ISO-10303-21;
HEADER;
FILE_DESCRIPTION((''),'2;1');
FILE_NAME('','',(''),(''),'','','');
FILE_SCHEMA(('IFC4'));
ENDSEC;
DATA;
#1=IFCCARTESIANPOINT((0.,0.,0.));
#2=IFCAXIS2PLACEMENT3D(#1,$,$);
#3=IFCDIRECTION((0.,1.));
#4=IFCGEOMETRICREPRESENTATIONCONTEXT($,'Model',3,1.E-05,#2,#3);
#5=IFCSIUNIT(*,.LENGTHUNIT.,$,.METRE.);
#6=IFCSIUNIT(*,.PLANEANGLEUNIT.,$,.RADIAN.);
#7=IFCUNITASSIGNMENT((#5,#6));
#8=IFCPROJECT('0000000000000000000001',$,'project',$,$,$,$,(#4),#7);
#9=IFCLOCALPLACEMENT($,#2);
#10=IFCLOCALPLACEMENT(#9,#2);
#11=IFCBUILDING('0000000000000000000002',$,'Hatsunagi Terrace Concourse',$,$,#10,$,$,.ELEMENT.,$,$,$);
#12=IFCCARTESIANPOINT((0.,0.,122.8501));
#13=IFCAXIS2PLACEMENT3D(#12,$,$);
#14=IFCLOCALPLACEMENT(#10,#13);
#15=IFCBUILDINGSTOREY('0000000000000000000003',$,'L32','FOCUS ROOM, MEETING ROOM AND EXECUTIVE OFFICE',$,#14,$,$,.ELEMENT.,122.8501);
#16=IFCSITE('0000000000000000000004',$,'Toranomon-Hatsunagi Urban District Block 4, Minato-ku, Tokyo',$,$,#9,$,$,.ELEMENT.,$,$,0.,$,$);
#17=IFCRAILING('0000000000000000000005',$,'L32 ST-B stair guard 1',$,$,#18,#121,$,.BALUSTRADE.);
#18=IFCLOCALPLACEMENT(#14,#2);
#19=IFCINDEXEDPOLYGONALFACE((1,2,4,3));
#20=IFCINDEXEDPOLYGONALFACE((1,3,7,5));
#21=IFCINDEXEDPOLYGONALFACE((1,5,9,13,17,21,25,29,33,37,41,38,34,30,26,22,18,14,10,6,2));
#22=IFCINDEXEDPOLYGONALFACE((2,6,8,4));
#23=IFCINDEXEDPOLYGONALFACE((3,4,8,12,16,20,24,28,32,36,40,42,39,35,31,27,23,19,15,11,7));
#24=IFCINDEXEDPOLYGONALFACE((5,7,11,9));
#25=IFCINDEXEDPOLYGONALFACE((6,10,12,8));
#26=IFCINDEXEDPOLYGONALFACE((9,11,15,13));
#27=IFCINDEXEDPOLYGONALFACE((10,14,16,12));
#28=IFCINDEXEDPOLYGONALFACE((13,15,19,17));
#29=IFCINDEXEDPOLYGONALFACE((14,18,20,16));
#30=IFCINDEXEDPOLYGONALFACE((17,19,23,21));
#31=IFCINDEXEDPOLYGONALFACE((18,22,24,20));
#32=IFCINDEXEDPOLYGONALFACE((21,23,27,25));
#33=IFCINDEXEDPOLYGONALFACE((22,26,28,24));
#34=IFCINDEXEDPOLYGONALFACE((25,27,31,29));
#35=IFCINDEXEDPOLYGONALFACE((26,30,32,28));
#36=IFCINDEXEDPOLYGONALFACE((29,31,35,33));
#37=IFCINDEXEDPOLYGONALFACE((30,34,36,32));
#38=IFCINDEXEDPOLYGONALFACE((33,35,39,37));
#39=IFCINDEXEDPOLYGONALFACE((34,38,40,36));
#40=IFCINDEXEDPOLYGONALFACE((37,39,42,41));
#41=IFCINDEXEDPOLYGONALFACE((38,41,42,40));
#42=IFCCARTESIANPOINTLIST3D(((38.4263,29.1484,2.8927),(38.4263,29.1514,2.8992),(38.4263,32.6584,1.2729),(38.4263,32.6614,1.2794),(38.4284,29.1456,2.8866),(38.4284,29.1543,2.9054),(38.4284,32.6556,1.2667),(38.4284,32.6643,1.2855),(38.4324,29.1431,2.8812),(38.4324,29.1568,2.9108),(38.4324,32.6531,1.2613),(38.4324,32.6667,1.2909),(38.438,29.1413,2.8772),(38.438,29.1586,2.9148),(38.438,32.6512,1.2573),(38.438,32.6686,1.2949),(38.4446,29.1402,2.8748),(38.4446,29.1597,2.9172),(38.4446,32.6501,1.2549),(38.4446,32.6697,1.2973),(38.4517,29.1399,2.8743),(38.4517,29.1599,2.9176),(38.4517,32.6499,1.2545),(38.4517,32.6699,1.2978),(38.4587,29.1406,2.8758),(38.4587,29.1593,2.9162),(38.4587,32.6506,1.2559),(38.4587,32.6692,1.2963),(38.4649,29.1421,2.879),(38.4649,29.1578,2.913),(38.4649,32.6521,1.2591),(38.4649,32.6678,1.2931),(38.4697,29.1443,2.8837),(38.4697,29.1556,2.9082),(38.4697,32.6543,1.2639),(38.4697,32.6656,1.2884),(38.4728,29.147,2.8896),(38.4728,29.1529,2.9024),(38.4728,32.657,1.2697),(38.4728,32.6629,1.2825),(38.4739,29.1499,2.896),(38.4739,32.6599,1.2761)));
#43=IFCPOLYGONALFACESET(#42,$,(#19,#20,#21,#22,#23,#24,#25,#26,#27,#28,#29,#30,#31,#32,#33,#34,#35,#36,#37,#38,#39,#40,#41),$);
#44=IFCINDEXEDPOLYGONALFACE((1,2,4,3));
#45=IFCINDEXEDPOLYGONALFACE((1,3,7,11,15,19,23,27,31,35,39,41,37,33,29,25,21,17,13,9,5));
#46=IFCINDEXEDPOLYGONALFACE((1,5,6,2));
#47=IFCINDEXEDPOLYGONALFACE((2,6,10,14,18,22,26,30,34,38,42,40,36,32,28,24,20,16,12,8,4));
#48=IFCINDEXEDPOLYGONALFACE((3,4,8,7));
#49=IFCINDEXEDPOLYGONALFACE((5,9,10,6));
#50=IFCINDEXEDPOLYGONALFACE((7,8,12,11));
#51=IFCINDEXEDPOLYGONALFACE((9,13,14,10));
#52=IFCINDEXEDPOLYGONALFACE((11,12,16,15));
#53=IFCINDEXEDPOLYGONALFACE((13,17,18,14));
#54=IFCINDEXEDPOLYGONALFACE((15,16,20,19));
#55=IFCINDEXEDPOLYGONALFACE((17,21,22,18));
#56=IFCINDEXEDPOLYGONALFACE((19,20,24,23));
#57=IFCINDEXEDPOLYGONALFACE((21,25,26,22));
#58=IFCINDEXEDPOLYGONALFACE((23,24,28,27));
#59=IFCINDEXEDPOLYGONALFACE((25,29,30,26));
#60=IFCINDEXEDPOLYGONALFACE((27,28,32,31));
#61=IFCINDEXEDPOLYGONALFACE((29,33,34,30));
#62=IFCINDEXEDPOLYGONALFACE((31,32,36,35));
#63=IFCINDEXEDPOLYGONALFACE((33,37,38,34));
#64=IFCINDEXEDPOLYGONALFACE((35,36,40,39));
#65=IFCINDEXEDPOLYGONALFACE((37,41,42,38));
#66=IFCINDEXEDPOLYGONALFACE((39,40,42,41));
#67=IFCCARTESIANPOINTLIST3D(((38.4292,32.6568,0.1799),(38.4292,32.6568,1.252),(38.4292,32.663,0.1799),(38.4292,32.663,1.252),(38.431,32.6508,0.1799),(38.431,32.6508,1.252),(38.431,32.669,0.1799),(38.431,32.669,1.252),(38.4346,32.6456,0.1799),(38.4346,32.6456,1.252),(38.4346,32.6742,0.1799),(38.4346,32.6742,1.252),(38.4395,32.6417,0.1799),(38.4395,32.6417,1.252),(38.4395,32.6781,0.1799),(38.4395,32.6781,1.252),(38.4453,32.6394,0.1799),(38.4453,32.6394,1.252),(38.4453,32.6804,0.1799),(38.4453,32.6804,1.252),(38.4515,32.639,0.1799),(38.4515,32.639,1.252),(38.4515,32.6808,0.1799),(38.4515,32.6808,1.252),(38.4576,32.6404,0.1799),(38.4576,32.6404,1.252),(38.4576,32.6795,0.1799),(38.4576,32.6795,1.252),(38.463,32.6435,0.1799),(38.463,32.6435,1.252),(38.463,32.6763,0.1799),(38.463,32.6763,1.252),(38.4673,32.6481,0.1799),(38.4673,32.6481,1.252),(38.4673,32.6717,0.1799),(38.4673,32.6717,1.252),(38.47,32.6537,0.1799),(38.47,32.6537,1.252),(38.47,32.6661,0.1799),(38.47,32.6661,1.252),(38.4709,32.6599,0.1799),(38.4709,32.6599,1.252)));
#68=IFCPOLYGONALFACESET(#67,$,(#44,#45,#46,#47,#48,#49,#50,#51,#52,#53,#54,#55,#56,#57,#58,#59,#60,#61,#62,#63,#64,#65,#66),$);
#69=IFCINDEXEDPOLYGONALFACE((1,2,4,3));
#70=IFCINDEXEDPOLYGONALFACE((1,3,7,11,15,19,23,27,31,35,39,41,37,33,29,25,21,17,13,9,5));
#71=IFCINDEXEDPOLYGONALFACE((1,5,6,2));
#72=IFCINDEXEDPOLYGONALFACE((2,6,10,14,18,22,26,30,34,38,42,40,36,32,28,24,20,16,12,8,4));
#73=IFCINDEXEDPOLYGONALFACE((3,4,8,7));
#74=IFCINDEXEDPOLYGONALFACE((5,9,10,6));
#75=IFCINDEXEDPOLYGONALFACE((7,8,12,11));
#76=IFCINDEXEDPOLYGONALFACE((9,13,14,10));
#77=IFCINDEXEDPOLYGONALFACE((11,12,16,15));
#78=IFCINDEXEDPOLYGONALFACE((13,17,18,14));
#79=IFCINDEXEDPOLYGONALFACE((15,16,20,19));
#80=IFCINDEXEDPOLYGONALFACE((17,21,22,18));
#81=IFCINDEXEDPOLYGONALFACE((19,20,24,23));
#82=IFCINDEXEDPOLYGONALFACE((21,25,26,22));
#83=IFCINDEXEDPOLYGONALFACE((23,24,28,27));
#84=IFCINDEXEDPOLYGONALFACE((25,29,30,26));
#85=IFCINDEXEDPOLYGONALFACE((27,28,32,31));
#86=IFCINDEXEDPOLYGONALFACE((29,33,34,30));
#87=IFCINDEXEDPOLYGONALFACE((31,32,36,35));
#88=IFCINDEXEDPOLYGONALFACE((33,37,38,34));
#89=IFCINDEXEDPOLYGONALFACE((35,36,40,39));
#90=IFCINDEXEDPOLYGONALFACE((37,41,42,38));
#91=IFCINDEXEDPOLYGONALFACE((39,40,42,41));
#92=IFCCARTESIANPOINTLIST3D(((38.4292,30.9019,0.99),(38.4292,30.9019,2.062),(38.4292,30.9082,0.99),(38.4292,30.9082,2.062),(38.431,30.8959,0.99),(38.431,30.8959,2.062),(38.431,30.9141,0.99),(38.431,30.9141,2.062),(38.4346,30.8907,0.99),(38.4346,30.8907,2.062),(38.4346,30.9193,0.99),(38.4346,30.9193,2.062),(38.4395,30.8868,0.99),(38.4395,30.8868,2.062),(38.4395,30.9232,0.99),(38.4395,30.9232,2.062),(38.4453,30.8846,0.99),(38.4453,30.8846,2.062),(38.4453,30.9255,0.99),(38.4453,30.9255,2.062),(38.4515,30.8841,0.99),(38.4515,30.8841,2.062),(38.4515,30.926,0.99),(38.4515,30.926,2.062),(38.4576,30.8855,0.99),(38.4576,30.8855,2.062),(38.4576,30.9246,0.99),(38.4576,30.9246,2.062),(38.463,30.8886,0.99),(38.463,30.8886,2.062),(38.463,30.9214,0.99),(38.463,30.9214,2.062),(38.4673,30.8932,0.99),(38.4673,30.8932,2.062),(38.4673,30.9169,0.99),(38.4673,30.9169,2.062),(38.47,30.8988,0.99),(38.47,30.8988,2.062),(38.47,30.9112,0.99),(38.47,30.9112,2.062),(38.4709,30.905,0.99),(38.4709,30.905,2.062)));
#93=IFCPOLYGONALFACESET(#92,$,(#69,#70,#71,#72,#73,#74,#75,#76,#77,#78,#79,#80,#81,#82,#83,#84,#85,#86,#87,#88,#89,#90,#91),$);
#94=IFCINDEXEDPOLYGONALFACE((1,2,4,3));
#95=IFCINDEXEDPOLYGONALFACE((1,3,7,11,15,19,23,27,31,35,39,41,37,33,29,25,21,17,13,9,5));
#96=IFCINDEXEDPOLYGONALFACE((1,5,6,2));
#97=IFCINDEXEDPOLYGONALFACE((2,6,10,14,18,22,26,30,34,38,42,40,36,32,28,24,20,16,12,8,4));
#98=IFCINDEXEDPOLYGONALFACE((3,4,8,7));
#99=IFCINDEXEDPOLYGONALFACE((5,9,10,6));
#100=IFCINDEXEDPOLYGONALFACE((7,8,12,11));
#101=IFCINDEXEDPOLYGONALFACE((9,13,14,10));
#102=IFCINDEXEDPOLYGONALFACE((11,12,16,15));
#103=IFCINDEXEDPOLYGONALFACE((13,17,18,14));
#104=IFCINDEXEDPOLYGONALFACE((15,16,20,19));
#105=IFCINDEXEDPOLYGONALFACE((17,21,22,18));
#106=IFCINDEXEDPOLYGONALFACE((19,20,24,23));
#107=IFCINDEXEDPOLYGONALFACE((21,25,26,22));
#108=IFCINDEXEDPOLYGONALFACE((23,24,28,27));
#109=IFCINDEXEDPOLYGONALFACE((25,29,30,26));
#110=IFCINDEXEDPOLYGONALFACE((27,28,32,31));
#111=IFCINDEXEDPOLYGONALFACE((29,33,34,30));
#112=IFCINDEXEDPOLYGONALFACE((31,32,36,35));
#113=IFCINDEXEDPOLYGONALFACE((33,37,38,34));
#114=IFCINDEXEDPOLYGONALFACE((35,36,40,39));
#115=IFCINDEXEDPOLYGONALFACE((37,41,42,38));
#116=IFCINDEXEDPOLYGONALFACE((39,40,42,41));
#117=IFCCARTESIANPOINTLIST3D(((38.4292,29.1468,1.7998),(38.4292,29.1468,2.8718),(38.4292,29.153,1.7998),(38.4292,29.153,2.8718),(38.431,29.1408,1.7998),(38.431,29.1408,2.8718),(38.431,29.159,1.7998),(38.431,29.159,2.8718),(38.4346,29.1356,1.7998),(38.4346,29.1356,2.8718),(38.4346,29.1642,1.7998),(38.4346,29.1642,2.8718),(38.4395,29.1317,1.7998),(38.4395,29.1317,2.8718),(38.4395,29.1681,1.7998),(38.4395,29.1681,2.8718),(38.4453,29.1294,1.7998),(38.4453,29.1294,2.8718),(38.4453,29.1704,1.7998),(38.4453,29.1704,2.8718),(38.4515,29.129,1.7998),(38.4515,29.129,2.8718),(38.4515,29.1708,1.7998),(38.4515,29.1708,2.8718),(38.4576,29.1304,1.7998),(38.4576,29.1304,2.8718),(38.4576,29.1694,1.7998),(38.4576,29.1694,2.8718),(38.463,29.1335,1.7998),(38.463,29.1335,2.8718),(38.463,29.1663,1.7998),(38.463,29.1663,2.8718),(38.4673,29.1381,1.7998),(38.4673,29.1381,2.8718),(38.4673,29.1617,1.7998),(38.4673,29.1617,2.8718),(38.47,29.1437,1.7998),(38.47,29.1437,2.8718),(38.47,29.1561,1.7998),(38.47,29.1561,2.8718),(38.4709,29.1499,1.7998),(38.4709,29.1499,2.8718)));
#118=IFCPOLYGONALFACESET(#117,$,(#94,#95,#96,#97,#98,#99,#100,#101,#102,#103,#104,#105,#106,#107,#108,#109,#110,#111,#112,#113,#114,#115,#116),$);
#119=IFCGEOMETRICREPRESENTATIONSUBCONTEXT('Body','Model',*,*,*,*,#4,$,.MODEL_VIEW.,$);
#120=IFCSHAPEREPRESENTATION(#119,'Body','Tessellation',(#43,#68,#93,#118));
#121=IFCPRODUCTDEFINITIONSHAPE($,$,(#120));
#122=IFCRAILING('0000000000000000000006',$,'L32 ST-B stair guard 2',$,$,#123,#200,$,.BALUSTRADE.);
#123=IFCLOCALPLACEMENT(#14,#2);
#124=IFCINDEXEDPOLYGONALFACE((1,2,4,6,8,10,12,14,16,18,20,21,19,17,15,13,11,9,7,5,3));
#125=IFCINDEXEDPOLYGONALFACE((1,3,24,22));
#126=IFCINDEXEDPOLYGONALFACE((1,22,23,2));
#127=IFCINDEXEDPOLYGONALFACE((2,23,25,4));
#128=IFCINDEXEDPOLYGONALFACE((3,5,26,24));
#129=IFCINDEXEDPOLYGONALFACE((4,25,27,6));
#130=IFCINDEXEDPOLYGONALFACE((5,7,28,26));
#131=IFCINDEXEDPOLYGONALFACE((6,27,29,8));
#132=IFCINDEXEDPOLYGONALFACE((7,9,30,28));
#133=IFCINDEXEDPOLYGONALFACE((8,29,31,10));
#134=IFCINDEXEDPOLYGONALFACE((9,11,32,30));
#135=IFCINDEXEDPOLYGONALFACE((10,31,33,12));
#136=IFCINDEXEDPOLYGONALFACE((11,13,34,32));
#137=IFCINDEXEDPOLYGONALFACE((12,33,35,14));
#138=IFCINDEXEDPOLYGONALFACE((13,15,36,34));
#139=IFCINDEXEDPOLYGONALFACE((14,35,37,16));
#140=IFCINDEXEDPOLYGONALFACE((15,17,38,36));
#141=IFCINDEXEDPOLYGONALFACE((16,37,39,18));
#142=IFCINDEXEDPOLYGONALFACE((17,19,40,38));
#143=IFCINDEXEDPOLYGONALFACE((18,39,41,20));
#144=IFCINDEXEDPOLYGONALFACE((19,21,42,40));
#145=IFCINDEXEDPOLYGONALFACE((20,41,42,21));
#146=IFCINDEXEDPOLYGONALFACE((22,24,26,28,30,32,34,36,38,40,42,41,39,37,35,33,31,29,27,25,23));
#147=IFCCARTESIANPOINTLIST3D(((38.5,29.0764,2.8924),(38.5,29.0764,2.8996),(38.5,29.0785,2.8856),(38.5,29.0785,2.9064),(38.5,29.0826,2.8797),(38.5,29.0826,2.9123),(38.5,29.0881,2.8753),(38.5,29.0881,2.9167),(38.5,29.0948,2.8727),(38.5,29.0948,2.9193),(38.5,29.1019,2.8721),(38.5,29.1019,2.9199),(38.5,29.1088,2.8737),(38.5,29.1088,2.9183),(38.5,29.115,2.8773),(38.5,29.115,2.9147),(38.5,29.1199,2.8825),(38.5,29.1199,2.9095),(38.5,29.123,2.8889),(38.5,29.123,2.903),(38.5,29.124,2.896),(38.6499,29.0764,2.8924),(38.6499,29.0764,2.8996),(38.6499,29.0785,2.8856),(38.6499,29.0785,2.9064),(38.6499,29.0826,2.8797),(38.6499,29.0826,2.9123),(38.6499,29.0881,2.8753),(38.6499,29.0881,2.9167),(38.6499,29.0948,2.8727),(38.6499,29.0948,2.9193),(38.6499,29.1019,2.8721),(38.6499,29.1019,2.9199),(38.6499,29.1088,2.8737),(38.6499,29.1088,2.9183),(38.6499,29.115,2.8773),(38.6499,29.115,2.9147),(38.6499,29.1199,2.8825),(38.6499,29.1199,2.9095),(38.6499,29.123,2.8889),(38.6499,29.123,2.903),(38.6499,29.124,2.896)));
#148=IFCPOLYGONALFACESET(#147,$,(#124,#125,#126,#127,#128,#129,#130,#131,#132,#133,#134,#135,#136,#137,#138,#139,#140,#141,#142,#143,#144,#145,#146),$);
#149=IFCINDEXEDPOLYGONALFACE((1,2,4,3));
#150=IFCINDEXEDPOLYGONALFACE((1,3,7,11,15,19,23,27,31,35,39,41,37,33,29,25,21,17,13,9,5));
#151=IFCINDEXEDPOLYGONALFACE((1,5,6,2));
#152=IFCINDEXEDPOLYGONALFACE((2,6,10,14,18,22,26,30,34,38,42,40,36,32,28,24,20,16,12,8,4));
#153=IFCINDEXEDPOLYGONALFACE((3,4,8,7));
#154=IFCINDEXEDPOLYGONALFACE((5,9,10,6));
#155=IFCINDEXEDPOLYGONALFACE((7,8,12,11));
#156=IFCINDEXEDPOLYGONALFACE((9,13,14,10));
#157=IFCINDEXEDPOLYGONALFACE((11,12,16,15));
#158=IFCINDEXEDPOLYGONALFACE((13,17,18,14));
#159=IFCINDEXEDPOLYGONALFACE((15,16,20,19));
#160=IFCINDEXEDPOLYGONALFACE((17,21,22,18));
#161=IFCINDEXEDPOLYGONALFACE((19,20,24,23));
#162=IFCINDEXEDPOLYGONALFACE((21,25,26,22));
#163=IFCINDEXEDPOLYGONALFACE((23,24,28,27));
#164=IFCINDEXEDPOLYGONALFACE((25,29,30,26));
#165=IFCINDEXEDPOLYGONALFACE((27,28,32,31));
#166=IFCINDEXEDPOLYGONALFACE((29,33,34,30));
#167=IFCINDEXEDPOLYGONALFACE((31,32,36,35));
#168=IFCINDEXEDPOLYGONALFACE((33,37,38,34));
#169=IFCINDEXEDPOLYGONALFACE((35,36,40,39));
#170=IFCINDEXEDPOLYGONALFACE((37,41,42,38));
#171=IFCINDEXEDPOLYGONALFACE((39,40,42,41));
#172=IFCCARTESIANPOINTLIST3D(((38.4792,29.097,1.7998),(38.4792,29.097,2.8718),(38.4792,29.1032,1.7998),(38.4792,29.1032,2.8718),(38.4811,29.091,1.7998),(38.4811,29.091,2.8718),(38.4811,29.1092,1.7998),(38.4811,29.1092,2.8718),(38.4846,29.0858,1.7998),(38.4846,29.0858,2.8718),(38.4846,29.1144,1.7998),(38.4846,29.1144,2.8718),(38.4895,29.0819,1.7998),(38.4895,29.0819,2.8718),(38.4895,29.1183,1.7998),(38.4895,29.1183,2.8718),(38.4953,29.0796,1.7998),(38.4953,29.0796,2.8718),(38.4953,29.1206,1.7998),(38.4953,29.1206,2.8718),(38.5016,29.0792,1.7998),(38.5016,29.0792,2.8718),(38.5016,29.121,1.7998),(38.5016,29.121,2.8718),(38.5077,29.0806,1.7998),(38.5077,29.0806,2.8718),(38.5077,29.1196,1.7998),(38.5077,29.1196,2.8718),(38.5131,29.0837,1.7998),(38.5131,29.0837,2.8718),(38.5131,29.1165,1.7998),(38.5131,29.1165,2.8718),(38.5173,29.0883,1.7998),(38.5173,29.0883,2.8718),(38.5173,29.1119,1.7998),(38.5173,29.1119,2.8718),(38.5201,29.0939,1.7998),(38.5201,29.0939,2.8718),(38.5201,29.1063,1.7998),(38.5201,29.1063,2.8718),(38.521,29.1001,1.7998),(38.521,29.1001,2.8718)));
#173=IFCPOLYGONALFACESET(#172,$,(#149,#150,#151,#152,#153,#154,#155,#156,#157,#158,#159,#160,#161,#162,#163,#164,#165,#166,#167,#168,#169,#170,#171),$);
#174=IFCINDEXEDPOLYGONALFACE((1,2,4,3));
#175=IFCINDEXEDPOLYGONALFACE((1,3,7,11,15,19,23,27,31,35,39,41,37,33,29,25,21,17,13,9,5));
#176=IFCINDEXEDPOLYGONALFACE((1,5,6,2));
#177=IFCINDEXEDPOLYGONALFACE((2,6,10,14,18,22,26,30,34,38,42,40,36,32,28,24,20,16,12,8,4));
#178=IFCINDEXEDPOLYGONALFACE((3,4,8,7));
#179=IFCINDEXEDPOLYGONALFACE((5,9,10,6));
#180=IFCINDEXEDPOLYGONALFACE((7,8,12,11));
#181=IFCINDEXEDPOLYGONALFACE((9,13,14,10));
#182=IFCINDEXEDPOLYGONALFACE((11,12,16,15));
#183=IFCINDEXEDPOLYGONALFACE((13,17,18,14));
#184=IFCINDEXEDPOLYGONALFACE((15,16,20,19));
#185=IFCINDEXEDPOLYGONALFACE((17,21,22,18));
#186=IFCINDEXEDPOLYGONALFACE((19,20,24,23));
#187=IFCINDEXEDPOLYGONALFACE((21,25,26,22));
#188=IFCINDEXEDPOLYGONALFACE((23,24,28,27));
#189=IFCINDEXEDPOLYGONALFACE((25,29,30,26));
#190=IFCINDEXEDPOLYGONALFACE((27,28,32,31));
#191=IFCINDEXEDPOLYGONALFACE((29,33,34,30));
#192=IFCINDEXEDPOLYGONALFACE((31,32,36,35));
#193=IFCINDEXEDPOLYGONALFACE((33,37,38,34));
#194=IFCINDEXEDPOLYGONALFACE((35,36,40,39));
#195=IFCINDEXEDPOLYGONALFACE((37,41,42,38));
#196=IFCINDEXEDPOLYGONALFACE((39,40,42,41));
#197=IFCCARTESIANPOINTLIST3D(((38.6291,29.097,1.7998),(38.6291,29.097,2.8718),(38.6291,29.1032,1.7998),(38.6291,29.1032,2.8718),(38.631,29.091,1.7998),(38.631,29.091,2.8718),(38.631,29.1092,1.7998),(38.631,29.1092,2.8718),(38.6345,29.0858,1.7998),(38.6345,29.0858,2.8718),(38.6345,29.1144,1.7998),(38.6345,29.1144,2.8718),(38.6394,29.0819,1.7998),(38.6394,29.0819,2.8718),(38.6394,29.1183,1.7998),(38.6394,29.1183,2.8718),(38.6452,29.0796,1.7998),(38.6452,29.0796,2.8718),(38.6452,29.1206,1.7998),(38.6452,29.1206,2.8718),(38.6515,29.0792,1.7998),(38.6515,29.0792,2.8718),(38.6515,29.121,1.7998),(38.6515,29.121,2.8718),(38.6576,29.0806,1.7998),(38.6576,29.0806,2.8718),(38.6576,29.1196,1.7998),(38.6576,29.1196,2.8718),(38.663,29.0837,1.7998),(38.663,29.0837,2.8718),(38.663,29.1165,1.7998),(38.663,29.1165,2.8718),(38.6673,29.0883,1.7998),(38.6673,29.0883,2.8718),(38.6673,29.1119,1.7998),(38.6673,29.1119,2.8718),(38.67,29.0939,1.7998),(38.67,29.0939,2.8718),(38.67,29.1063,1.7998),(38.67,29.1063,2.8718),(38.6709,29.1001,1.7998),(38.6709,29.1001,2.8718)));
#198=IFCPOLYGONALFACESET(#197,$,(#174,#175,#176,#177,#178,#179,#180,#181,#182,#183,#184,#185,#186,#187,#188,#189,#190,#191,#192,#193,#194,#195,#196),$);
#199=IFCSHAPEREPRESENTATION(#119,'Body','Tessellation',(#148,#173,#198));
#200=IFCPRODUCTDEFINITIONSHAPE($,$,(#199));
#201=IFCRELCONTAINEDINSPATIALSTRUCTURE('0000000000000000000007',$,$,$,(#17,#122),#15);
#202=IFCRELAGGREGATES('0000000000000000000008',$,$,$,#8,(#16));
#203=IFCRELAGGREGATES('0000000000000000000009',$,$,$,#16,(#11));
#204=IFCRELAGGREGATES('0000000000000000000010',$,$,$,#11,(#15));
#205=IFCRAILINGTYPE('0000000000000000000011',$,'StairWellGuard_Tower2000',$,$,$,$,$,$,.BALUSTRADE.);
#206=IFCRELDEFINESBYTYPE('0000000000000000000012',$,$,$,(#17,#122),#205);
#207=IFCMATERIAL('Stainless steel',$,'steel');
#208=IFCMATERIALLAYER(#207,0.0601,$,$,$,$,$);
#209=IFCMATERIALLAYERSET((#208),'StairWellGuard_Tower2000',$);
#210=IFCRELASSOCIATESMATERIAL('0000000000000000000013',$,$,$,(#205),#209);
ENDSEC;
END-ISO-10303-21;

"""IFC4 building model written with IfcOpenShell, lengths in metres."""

from ifc_helpers import new_model, si_unit, direction, frame, origin, origin_2d, place, context, subcontext, project, spatial, circle, extrude, material, layer, layer_set, type_object, element, save


model = new_model("IFC4")

# Units and contexts
model_context = context("Model", 3, precision=1e-05, world=origin(), true_north=direction((0.0, 1.0)))
body_context = subcontext(model_context, "Body", "Model", "MODEL_VIEW")
ifc_project = project(units=[si_unit("LENGTHUNIT", "METRE"), si_unit("PLANEANGLEUNIT", "RADIAN")], contexts=[model_context])

# Site, building, storey
site_placement = place(None, origin())
site = spatial("IfcSite", under=ifc_project, at=site_placement, Name="Toranomon-Hatsunagi Urban District Block 4, Minato-ku, Tokyo", CompositionType="ELEMENT", RefElevation=0.0)
building_placement = place(site_placement, origin())
building = spatial("IfcBuilding", under=site, at=building_placement, Name="Hatsunagi Terrace Concourse", CompositionType="ELEMENT")
storey_placement = place(building_placement, frame((0.0, 0.0, 122.8501)))
storey = spatial("IfcBuildingStorey", under=building, at=storey_placement, Name="L32", Description="FOCUS ROOM, MEETING ROOM AND EXECUTIVE OFFICE", CompositionType="ELEMENT", Elevation=122.8501)

# Railings
ifc_material_1 = material(Name="Stainless steel", Category="steel")
ifc_layer_1 = layer(ifc_material_1, 0.0601)
ifc_layer_set_1 = layer_set([ifc_layer_1], Name="StairWellGuard_Tower2000")
railing_type_1 = type_object("IfcRailingType", Name="StairWellGuard_Tower2000", PredefinedType="BALUSTRADE", material=ifc_layer_set_1)
railing_1_placement = place(storey_placement, frame((38.45, 32.6599, 0.1799)))
element("IfcRailing", 1, at=railing_1_placement, inside=storey, type_object=railing_type_1, Name="L32 ST-B stair guard 1", PredefinedType="BALUSTRADE", context=body_context, shape_type="SweptSolid", body=[
    extrude(circle(Radius=0.0239, at=origin_2d()), frame((0.0, 0.0, 1.0962), z_axis=(0.0, -0.907972, 0.41903), x_axis=(1.0, 0.0, 0.0)), (0.0, 0.0, 1.0), 3.8657),
    extrude(circle(Radius=0.021, at=origin_2d()), origin(), (0.0, 0.0, 1.0), 1.072),
    extrude(circle(Radius=0.021, at=origin_2d()), frame((0.0, -1.7549, 0.8101)), (0.0, 0.0, 1.0), 1.072),
    extrude(circle(Radius=0.021, at=origin_2d()), frame((0.0, -3.51, 1.6199)), (0.0, 0.0, 1.0), 1.072),
])
railing_2_placement = place(storey_placement, frame((38.5, 29.1001, 1.7998)))
element("IfcRailing", 2, at=railing_2_placement, inside=storey, type_object=railing_type_1, Name="L32 ST-B stair guard 2", PredefinedType="BALUSTRADE", context=body_context, shape_type="SweptSolid", body=[
    extrude(circle(Radius=0.0239, at=origin_2d()), frame((0.0, 0.0, 1.0962), z_axis=(1.0, 0.0, 0.0), x_axis=(0.0, 1.0, 0.0)), (0.0, 0.0, 1.0), 0.1499),
    extrude(circle(Radius=0.021, at=origin_2d()), origin(), (0.0, 0.0, 1.0), 1.072),
    extrude(circle(Radius=0.021, at=origin_2d()), frame((0.1499, 0.0, 0.0)), (0.0, 0.0, 1.0), 1.072),
])

save(model, "model.ifc")
